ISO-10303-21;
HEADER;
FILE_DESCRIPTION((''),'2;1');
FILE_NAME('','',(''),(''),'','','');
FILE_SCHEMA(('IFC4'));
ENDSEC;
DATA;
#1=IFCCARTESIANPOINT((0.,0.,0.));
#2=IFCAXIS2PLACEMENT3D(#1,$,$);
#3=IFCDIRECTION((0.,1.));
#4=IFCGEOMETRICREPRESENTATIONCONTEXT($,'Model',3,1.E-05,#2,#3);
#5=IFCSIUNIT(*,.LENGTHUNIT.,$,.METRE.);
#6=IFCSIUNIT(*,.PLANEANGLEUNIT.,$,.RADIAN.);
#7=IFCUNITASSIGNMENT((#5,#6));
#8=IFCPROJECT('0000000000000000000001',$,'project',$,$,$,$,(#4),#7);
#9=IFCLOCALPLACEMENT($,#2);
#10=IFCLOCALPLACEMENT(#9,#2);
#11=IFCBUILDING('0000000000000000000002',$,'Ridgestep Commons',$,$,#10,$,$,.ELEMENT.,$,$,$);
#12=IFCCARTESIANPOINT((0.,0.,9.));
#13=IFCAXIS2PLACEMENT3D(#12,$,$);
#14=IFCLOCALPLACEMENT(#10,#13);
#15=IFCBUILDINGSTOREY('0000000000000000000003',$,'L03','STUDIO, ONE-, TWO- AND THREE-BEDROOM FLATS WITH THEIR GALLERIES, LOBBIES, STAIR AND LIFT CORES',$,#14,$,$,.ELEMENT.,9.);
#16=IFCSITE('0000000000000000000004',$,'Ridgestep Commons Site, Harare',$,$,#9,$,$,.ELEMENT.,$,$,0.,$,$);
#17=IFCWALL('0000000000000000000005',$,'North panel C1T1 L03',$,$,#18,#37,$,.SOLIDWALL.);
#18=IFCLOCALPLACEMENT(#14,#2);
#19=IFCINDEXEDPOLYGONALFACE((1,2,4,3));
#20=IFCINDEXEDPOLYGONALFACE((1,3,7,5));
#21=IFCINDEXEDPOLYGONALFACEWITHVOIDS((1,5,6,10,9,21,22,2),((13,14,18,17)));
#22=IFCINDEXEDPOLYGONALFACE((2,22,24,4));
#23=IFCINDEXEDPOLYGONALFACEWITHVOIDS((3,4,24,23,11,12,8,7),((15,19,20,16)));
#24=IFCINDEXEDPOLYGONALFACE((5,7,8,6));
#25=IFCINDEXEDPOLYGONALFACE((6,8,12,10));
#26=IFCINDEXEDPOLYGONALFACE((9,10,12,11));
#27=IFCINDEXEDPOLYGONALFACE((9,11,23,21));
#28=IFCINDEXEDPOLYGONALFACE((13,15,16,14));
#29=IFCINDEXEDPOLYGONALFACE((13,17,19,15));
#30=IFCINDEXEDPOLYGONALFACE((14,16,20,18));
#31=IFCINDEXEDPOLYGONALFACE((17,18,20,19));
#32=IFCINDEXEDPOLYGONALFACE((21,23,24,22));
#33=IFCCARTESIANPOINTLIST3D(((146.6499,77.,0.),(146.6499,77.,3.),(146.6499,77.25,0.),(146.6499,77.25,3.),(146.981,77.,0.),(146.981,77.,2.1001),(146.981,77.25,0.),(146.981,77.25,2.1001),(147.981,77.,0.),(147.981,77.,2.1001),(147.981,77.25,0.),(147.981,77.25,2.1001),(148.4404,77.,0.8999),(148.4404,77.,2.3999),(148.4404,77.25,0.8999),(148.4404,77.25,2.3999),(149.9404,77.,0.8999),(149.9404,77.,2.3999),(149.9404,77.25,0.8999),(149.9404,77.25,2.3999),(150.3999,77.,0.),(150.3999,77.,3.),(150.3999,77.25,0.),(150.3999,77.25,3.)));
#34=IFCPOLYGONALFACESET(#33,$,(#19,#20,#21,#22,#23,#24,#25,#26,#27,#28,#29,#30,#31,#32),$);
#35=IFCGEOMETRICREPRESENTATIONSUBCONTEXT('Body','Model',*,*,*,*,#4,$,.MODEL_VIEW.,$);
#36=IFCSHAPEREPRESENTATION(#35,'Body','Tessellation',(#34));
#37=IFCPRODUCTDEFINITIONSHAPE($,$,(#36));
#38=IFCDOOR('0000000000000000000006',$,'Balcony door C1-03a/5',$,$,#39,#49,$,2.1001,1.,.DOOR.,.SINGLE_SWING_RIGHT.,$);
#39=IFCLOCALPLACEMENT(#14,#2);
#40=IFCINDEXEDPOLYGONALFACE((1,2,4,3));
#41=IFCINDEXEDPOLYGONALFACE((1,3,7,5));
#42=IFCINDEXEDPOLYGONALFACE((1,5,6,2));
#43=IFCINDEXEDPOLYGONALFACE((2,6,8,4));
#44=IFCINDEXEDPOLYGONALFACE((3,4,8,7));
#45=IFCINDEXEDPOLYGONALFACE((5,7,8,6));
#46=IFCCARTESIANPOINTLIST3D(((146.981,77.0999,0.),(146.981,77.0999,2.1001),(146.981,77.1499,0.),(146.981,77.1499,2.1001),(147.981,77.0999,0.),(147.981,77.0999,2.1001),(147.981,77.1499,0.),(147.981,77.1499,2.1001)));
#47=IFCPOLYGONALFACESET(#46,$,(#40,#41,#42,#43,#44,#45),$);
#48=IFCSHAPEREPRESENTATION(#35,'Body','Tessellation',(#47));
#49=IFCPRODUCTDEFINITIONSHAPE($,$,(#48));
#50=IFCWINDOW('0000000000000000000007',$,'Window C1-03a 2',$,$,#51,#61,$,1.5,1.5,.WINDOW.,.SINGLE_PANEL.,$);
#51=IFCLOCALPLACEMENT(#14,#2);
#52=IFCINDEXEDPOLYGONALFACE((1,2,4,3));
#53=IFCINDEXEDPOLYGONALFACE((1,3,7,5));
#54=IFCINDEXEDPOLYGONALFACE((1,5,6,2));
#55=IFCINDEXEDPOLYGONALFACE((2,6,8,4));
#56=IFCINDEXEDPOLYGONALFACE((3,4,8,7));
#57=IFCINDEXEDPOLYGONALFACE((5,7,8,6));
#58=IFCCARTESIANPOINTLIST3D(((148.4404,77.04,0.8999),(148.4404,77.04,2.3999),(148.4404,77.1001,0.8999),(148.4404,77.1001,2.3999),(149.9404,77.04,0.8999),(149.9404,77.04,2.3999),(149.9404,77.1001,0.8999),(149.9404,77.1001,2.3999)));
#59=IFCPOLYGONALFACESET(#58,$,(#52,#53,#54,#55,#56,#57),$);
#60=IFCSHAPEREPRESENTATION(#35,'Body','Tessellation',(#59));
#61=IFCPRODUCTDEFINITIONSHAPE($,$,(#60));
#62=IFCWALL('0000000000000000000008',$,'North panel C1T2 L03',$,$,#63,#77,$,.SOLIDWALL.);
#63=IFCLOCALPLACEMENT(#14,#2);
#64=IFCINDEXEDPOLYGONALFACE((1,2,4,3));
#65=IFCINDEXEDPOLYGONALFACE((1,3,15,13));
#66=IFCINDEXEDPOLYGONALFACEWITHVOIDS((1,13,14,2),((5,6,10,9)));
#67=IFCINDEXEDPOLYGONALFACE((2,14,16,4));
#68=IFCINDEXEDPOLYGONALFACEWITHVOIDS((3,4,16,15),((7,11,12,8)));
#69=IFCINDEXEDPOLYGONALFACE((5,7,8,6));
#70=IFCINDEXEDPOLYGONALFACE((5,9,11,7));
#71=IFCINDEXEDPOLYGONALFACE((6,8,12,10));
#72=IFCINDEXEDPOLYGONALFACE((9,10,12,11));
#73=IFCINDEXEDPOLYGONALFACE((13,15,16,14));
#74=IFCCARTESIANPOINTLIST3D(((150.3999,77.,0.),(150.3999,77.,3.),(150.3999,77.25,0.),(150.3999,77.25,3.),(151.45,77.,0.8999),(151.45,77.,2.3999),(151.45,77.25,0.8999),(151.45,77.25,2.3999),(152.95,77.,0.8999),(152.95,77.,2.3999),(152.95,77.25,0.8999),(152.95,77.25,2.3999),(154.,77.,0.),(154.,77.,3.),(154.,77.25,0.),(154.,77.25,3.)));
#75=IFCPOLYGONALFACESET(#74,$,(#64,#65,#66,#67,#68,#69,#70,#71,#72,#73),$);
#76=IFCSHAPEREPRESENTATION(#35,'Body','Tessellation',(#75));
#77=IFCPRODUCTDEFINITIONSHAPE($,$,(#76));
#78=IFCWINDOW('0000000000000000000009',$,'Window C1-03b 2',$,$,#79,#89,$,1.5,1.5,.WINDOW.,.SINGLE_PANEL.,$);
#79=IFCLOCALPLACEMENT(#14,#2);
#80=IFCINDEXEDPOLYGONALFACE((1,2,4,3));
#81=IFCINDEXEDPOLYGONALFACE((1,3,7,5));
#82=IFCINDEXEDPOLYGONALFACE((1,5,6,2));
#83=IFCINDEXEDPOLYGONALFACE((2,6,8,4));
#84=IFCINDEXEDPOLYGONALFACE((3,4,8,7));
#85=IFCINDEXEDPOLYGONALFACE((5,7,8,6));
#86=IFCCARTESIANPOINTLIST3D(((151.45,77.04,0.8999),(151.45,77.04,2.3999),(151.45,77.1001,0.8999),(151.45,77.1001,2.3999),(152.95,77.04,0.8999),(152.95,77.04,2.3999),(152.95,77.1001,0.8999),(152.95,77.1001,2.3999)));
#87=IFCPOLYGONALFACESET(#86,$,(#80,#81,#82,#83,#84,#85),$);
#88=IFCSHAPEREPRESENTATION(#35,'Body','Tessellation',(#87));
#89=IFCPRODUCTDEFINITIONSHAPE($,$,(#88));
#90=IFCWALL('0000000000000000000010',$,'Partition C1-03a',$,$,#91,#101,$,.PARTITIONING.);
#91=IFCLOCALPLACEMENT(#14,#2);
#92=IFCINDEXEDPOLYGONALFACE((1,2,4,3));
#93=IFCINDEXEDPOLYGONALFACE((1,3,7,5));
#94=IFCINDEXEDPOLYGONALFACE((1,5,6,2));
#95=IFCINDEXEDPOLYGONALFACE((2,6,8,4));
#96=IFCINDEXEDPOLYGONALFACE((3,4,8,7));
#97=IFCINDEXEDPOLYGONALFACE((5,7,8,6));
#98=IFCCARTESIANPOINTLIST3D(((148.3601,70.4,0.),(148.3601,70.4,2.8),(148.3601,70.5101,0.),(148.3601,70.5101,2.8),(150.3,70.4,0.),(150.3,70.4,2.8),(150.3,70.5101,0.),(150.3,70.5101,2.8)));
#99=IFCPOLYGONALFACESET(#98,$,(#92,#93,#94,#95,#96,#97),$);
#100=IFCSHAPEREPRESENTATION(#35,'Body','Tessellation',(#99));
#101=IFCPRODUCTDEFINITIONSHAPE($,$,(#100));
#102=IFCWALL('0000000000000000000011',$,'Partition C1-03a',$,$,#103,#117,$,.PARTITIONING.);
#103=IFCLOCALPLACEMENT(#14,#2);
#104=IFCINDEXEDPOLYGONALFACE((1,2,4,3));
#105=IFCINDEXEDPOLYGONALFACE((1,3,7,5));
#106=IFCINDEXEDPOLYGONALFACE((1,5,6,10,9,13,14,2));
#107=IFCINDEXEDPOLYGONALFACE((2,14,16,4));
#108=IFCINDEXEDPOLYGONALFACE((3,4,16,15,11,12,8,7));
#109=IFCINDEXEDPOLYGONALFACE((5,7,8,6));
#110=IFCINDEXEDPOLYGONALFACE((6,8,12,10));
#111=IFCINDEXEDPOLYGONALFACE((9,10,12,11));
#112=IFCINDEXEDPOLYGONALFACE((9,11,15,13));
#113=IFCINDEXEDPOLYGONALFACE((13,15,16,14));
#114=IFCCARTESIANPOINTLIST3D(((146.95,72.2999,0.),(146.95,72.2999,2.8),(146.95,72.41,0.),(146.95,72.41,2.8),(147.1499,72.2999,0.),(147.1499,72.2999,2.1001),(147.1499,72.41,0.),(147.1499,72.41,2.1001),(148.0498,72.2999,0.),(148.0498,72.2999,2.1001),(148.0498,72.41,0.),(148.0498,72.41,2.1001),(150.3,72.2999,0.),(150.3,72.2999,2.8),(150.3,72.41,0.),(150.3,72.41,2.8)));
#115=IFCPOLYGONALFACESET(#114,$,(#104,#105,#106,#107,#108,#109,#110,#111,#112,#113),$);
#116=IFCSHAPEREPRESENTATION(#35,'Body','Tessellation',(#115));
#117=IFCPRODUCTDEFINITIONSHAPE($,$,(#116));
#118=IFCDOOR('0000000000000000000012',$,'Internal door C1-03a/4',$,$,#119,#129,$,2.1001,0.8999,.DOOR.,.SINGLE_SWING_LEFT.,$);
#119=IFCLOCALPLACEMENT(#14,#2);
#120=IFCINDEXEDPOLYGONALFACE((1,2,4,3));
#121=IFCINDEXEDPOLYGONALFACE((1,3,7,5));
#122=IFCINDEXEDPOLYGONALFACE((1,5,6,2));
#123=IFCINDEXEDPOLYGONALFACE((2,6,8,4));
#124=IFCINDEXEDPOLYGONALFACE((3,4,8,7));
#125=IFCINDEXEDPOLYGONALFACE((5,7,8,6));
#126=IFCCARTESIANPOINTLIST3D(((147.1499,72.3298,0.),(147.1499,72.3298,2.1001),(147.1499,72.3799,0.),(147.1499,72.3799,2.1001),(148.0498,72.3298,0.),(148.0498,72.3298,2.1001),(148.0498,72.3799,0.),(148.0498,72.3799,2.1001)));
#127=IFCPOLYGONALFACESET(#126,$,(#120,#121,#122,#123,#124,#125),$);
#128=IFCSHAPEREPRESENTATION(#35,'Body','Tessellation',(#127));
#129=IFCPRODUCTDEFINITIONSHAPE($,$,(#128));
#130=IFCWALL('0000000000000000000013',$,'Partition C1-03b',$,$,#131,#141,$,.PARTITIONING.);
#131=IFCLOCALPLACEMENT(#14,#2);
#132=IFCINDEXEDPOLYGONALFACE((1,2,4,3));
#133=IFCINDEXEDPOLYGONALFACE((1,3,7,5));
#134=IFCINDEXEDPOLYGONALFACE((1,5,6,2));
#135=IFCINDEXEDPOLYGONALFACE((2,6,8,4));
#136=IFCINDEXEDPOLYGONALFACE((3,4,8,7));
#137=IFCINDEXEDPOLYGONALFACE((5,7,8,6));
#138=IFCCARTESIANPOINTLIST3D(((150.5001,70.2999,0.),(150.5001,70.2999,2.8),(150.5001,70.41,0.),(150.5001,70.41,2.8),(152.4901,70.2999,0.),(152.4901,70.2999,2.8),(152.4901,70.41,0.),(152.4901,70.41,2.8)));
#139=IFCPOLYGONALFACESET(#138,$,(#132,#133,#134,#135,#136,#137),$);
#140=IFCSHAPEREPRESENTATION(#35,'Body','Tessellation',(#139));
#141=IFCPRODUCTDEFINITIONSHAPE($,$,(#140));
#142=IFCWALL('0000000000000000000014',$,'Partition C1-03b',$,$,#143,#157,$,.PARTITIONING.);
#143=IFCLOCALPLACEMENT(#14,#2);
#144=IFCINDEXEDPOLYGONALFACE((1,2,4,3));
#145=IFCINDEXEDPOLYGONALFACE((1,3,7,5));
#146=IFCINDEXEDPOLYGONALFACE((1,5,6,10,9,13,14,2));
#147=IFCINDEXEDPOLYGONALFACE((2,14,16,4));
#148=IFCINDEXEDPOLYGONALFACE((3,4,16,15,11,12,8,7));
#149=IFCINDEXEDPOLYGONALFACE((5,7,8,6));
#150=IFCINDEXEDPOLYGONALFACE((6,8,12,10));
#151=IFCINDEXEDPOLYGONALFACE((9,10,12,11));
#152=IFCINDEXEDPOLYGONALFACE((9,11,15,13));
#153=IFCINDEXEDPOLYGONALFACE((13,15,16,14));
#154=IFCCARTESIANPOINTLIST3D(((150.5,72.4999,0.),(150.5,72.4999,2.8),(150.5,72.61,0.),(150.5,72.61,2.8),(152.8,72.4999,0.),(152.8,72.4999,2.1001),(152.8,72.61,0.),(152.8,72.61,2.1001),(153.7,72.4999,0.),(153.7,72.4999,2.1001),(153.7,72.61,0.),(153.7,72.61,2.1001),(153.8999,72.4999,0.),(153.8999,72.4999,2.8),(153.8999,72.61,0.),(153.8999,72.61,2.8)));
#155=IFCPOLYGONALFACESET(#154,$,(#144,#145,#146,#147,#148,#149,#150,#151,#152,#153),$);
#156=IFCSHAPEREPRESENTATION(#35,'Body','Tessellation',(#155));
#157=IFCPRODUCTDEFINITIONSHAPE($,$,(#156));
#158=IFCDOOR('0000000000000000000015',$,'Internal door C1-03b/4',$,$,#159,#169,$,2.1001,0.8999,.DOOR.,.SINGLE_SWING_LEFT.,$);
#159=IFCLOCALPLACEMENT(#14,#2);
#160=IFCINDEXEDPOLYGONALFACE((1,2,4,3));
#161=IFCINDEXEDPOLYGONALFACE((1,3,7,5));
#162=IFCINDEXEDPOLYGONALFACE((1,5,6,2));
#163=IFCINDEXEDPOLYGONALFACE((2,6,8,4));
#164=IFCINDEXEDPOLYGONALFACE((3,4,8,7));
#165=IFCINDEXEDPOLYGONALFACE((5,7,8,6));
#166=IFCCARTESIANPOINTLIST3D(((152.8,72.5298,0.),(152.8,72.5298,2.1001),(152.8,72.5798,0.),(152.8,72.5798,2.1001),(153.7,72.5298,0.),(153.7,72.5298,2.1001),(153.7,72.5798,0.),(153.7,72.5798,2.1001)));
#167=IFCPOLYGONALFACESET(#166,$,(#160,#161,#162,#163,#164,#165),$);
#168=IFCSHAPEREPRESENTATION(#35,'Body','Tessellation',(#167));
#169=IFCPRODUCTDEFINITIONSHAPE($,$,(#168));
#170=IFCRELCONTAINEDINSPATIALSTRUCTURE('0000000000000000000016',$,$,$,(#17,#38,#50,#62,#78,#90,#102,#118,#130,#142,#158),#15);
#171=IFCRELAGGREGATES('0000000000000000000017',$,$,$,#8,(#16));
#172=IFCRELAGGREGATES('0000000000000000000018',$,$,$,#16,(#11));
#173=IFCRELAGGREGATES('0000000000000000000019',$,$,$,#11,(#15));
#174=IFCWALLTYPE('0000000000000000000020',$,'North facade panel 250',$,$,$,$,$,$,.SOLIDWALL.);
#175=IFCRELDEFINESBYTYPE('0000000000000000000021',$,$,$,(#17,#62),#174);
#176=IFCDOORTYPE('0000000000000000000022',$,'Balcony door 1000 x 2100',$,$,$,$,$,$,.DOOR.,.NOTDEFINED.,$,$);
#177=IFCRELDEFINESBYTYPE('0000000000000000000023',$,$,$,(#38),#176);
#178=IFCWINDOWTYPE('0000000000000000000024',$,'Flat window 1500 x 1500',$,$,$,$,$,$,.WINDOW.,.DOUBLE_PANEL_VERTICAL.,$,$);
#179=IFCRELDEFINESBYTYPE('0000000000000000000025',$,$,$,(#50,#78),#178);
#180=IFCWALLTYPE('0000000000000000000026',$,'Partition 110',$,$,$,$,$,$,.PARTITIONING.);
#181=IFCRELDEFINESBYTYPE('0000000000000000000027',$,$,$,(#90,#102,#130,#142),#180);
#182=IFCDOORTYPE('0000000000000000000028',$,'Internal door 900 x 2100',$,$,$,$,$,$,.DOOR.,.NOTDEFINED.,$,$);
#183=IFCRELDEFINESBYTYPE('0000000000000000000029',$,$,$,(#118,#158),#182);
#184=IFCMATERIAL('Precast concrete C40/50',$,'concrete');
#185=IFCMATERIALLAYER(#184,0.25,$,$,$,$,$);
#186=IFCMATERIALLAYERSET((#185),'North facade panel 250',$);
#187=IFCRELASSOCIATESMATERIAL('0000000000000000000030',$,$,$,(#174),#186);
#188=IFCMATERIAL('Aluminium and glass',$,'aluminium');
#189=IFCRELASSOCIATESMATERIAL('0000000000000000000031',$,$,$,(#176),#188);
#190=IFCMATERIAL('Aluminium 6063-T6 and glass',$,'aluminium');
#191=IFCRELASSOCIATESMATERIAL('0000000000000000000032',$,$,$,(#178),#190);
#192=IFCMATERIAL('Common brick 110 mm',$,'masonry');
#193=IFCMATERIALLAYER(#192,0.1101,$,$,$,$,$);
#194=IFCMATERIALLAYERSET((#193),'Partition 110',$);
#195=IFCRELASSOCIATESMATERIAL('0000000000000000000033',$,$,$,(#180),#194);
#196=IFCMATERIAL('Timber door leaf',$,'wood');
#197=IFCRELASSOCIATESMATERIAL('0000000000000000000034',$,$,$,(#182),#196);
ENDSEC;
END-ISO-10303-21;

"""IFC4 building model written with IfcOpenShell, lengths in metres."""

from ifc_helpers import new_model, si_unit, direction, frame, frame_2d, origin, place, context, subcontext, project, spatial, rectangle, extrude, material, layer, layer_set, type_object, element, fill, save


model = new_model("IFC4")

# Units and contexts
model_context = context("Model", 3, precision=1e-05, world=origin(), true_north=direction((0.0, 1.0)))
body_context = subcontext(model_context, "Body", "Model", "MODEL_VIEW")
ifc_project = project(units=[si_unit("LENGTHUNIT", "METRE"), si_unit("PLANEANGLEUNIT", "RADIAN")], contexts=[model_context])

# Site, building, storey
site_placement = place(None, origin())
site = spatial("IfcSite", under=ifc_project, at=site_placement, Name="Ridgestep Commons Site, Harare", CompositionType="ELEMENT", RefElevation=0.0)
building_placement = place(site_placement, origin())
building = spatial("IfcBuilding", under=site, at=building_placement, Name="Ridgestep Commons", CompositionType="ELEMENT")
storey_placement = place(building_placement, frame((0.0, 0.0, 9.0)))
storey = spatial("IfcBuildingStorey", under=building, at=storey_placement, Name="L03", Description="STUDIO, ONE-, TWO- AND THREE-BEDROOM FLATS WITH THEIR GALLERIES, LOBBIES, STAIR AND LIFT CORES", CompositionType="ELEMENT", Elevation=9.0)

# Wall, openings, door, window
ifc_material_1 = material(Name="Precast concrete C40/50", Category="concrete")
ifc_layer_1 = layer(ifc_material_1, 0.25)
ifc_layer_set_1 = layer_set([ifc_layer_1], Name="North facade panel 250")
wall_type_1 = type_object("IfcWallType", Name="North facade panel 250", PredefinedType="SOLIDWALL", material=ifc_layer_set_1)
wall_1_placement = place(storey_placement, frame((146.6499, 77.125, 0.0), z_axis=(0.0, 0.0, 1.0), x_axis=(1.0, 0.0, 0.0)))
wall_1 = element("IfcWall", 1, at=wall_1_placement, inside=storey, type_object=wall_type_1, Name="North panel C1T1 L03", PredefinedType="SOLIDWALL", context=body_context, shape_type="SweptSolid", body=[
    extrude(rectangle(XDim=3.75, YDim=0.25, at=frame_2d((1.875, 0.0))), origin(), (0.0, 0.0, 1.0), 3.0),
])
opening_1_placement = place(wall_1_placement, frame((1.7905, 0.0, 0.8999)))
opening_1 = element("IfcOpeningElement", 2, at=opening_1_placement, cuts=wall_1, PredefinedType="OPENING", context=body_context, shape_type="SweptSolid", body=[
    extrude(rectangle(XDim=1.5, YDim=1.5, at=frame_2d((0.75, 0.75))), frame((0.0, 0.135, 0.0), z_axis=(0.0, -1.0, 0.0), x_axis=(1.0, 0.0, 0.0)), (0.0, 0.0, 1.0), 0.27),
])
opening_2_placement = place(wall_1_placement, frame((0.3311, 0.0, 0.0)))
opening_2 = element("IfcOpeningElement", 3, at=opening_2_placement, cuts=wall_1, PredefinedType="OPENING", context=body_context, shape_type="SweptSolid", body=[
    extrude(rectangle(XDim=1.0, YDim=2.1001, at=frame_2d((0.5, 1.05))), frame((0.0, 0.135, 0.0), z_axis=(0.0, -1.0, 0.0), x_axis=(1.0, 0.0, 0.0)), (0.0, 0.0, 1.0), 0.27),
])
ifc_material_2 = material(Name="Aluminium and glass", Category="aluminium")
door_type_1 = type_object("IfcDoorType", Name="Balcony door 1000 x 2100", OperationType="NOTDEFINED", PredefinedType="DOOR", material=ifc_material_2)
door_1_placement = place(opening_2_placement, origin())
door_1 = element("IfcDoor", 4, at=door_1_placement, inside=storey, type_object=door_type_1, Name="Balcony door C1-03a/5", OperationType="SINGLE_SWING_RIGHT", OverallHeight=2.1001, OverallWidth=1.0, PredefinedType="DOOR", context=body_context, shape_type="SweptSolid", body=[
    extrude(rectangle(XDim=1.0, YDim=2.1001, at=frame_2d((0.5, 1.05))), frame((0.0, 0.0249, 0.0), z_axis=(0.0, -1.0, 0.0), x_axis=(1.0, 0.0, 0.0)), (0.0, 0.0, 1.0), 0.05),
])
fill(opening_2, door_1)
ifc_material_3 = material(Name="Aluminium 6063-T6 and glass", Category="aluminium")
window_type = type_object("IfcWindowType", Name="Flat window 1500 x 1500", PartitioningType="DOUBLE_PANEL_VERTICAL", PredefinedType="WINDOW", material=ifc_material_3)
window_1_placement = place(opening_1_placement, origin())
window_1 = element("IfcWindow", 5, at=window_1_placement, inside=storey, type_object=window_type, Name="Window C1-03a 2", OverallHeight=1.5, OverallWidth=1.5, PartitioningType="SINGLE_PANEL", PredefinedType="WINDOW", context=body_context, shape_type="SweptSolid", body=[
    extrude(rectangle(XDim=1.5, YDim=1.5, at=frame_2d((0.75, 0.75))), frame((0.0, -0.0249, 0.0), z_axis=(0.0, -1.0, 0.0), x_axis=(1.0, 0.0, 0.0)), (0.0, 0.0, 1.0), 0.0601),
])
fill(opening_1, window_1)

# Wall, opening, window
wall_2_placement = place(storey_placement, frame((150.3999, 77.125, 0.0), z_axis=(0.0, 0.0, 1.0), x_axis=(1.0, 0.0, 0.0)))
wall_2 = element("IfcWall", 6, at=wall_2_placement, inside=storey, type_object=wall_type_1, Name="North panel C1T2 L03", PredefinedType="SOLIDWALL", context=body_context, shape_type="SweptSolid", body=[
    extrude(rectangle(XDim=3.6001, YDim=0.25, at=frame_2d((1.8, 0.0))), origin(), (0.0, 0.0, 1.0), 3.0),
])
opening_3_placement = place(wall_2_placement, frame((1.05, 0.0, 0.8999)))
opening_3 = element("IfcOpeningElement", 7, at=opening_3_placement, cuts=wall_2, PredefinedType="OPENING", context=body_context, shape_type="SweptSolid", body=[
    extrude(rectangle(XDim=1.5, YDim=1.5, at=frame_2d((0.75, 0.75))), frame((0.0, 0.135, 0.0), z_axis=(0.0, -1.0, 0.0), x_axis=(1.0, 0.0, 0.0)), (0.0, 0.0, 1.0), 0.27),
])
window_2_placement = place(opening_3_placement, origin())
window_2 = element("IfcWindow", 8, at=window_2_placement, inside=storey, type_object=window_type, Name="Window C1-03b 2", OverallHeight=1.5, OverallWidth=1.5, PartitioningType="SINGLE_PANEL", PredefinedType="WINDOW", context=body_context, shape_type="SweptSolid", body=[
    extrude(rectangle(XDim=1.5, YDim=1.5, at=frame_2d((0.75, 0.75))), frame((0.0, -0.0249, 0.0), z_axis=(0.0, -1.0, 0.0), x_axis=(1.0, 0.0, 0.0)), (0.0, 0.0, 1.0), 0.0601),
])
fill(opening_3, window_2)

# Wall
ifc_material_4 = material(Name="Common brick 110 mm", Category="masonry")
ifc_layer_2 = layer(ifc_material_4, 0.1101)
ifc_layer_set_2 = layer_set([ifc_layer_2], Name="Partition 110")
wall_type_2 = type_object("IfcWallType", Name="Partition 110", PredefinedType="PARTITIONING", material=ifc_layer_set_2)
wall_3_placement = place(storey_placement, frame((148.3601, 70.4551, 0.0), z_axis=(0.0, 0.0, 1.0), x_axis=(1.0, 0.0, 0.0)))
element("IfcWall", 9, at=wall_3_placement, inside=storey, type_object=wall_type_2, Name="Partition C1-03a", PredefinedType="PARTITIONING", context=body_context, shape_type="SweptSolid", body=[
    extrude(rectangle(XDim=1.9399, YDim=0.1101, at=frame_2d((0.97, 0.0))), origin(), (0.0, 0.0, 1.0), 2.8),
])

# Wall, opening, door
wall_4_placement = place(storey_placement, frame((146.95, 72.355, 0.0), z_axis=(0.0, 0.0, 1.0), x_axis=(1.0, 0.0, 0.0)))
wall_4 = element("IfcWall", 10, at=wall_4_placement, inside=storey, type_object=wall_type_2, Name="Partition C1-03a", PredefinedType="PARTITIONING", context=body_context, shape_type="SweptSolid", body=[
    extrude(rectangle(XDim=3.3501, YDim=0.1101, at=frame_2d((1.675, 0.0))), origin(), (0.0, 0.0, 1.0), 2.8),
])
opening_4_placement = place(wall_4_placement, frame((0.2, 0.0, 0.0)))
opening_4 = element("IfcOpeningElement", 11, at=opening_4_placement, cuts=wall_4, PredefinedType="OPENING", context=body_context, shape_type="SweptSolid", body=[
    extrude(rectangle(XDim=0.8999, YDim=2.1001, at=frame_2d((0.45, 1.05))), frame((0.0, 0.0649, 0.0), z_axis=(0.0, -1.0, 0.0), x_axis=(1.0, 0.0, 0.0)), (0.0, 0.0, 1.0), 0.1301),
])
ifc_material_5 = material(Name="Timber door leaf", Category="wood")
door_type_2 = type_object("IfcDoorType", Name="Internal door 900 x 2100", OperationType="NOTDEFINED", PredefinedType="DOOR", material=ifc_material_5)
door_2_placement = place(opening_4_placement, origin())
door_2 = element("IfcDoor", 12, at=door_2_placement, inside=storey, type_object=door_type_2, Name="Internal door C1-03a/4", OperationType="SINGLE_SWING_LEFT", OverallHeight=2.1001, OverallWidth=0.8999, PredefinedType="DOOR", context=body_context, shape_type="SweptSolid", body=[
    extrude(rectangle(XDim=0.8999, YDim=2.1001, at=frame_2d((0.45, 1.05))), frame((0.0, 0.0249, 0.0), z_axis=(0.0, -1.0, 0.0), x_axis=(1.0, 0.0, 0.0)), (0.0, 0.0, 1.0), 0.05),
])
fill(opening_4, door_2)

# Wall
wall_5_placement = place(storey_placement, frame((150.5, 70.355, 0.0), z_axis=(0.0, 0.0, 1.0), x_axis=(1.0, 0.0, 0.0)))
element("IfcWall", 13, at=wall_5_placement, inside=storey, type_object=wall_type_2, Name="Partition C1-03b", PredefinedType="PARTITIONING", context=body_context, shape_type="SweptSolid", body=[
    extrude(rectangle(XDim=1.99, YDim=0.1101, at=frame_2d((0.9951, 0.0))), origin(), (0.0, 0.0, 1.0), 2.8),
])

# Wall, opening, door
wall_6_placement = place(storey_placement, frame((150.5, 72.5549, 0.0), z_axis=(0.0, 0.0, 1.0), x_axis=(1.0, 0.0, 0.0)))
wall_6 = element("IfcWall", 14, at=wall_6_placement, inside=storey, type_object=wall_type_2, Name="Partition C1-03b", PredefinedType="PARTITIONING", context=body_context, shape_type="SweptSolid", body=[
    extrude(rectangle(XDim=3.3999, YDim=0.1101, at=frame_2d((1.7, 0.0))), origin(), (0.0, 0.0, 1.0), 2.8),
])
opening_5_placement = place(wall_6_placement, frame((2.3, 0.0, 0.0)))
opening_5 = element("IfcOpeningElement", 15, at=opening_5_placement, cuts=wall_6, PredefinedType="OPENING", context=body_context, shape_type="SweptSolid", body=[
    extrude(rectangle(XDim=0.8999, YDim=2.1001, at=frame_2d((0.45, 1.05))), frame((0.0, 0.0649, 0.0), z_axis=(0.0, -1.0, 0.0), x_axis=(1.0, 0.0, 0.0)), (0.0, 0.0, 1.0), 0.1301),
])
door_3_placement = place(opening_5_placement, origin())
door_3 = element("IfcDoor", 16, at=door_3_placement, inside=storey, type_object=door_type_2, Name="Internal door C1-03b/4", OperationType="SINGLE_SWING_LEFT", OverallHeight=2.1001, OverallWidth=0.8999, PredefinedType="DOOR", context=body_context, shape_type="SweptSolid", body=[
    extrude(rectangle(XDim=0.8999, YDim=2.1001, at=frame_2d((0.45, 1.05))), frame((0.0, 0.0249, 0.0), z_axis=(0.0, -1.0, 0.0), x_axis=(1.0, 0.0, 0.0)), (0.0, 0.0, 1.0), 0.05),
])
fill(opening_5, door_3)

save(model, "model.ifc")
